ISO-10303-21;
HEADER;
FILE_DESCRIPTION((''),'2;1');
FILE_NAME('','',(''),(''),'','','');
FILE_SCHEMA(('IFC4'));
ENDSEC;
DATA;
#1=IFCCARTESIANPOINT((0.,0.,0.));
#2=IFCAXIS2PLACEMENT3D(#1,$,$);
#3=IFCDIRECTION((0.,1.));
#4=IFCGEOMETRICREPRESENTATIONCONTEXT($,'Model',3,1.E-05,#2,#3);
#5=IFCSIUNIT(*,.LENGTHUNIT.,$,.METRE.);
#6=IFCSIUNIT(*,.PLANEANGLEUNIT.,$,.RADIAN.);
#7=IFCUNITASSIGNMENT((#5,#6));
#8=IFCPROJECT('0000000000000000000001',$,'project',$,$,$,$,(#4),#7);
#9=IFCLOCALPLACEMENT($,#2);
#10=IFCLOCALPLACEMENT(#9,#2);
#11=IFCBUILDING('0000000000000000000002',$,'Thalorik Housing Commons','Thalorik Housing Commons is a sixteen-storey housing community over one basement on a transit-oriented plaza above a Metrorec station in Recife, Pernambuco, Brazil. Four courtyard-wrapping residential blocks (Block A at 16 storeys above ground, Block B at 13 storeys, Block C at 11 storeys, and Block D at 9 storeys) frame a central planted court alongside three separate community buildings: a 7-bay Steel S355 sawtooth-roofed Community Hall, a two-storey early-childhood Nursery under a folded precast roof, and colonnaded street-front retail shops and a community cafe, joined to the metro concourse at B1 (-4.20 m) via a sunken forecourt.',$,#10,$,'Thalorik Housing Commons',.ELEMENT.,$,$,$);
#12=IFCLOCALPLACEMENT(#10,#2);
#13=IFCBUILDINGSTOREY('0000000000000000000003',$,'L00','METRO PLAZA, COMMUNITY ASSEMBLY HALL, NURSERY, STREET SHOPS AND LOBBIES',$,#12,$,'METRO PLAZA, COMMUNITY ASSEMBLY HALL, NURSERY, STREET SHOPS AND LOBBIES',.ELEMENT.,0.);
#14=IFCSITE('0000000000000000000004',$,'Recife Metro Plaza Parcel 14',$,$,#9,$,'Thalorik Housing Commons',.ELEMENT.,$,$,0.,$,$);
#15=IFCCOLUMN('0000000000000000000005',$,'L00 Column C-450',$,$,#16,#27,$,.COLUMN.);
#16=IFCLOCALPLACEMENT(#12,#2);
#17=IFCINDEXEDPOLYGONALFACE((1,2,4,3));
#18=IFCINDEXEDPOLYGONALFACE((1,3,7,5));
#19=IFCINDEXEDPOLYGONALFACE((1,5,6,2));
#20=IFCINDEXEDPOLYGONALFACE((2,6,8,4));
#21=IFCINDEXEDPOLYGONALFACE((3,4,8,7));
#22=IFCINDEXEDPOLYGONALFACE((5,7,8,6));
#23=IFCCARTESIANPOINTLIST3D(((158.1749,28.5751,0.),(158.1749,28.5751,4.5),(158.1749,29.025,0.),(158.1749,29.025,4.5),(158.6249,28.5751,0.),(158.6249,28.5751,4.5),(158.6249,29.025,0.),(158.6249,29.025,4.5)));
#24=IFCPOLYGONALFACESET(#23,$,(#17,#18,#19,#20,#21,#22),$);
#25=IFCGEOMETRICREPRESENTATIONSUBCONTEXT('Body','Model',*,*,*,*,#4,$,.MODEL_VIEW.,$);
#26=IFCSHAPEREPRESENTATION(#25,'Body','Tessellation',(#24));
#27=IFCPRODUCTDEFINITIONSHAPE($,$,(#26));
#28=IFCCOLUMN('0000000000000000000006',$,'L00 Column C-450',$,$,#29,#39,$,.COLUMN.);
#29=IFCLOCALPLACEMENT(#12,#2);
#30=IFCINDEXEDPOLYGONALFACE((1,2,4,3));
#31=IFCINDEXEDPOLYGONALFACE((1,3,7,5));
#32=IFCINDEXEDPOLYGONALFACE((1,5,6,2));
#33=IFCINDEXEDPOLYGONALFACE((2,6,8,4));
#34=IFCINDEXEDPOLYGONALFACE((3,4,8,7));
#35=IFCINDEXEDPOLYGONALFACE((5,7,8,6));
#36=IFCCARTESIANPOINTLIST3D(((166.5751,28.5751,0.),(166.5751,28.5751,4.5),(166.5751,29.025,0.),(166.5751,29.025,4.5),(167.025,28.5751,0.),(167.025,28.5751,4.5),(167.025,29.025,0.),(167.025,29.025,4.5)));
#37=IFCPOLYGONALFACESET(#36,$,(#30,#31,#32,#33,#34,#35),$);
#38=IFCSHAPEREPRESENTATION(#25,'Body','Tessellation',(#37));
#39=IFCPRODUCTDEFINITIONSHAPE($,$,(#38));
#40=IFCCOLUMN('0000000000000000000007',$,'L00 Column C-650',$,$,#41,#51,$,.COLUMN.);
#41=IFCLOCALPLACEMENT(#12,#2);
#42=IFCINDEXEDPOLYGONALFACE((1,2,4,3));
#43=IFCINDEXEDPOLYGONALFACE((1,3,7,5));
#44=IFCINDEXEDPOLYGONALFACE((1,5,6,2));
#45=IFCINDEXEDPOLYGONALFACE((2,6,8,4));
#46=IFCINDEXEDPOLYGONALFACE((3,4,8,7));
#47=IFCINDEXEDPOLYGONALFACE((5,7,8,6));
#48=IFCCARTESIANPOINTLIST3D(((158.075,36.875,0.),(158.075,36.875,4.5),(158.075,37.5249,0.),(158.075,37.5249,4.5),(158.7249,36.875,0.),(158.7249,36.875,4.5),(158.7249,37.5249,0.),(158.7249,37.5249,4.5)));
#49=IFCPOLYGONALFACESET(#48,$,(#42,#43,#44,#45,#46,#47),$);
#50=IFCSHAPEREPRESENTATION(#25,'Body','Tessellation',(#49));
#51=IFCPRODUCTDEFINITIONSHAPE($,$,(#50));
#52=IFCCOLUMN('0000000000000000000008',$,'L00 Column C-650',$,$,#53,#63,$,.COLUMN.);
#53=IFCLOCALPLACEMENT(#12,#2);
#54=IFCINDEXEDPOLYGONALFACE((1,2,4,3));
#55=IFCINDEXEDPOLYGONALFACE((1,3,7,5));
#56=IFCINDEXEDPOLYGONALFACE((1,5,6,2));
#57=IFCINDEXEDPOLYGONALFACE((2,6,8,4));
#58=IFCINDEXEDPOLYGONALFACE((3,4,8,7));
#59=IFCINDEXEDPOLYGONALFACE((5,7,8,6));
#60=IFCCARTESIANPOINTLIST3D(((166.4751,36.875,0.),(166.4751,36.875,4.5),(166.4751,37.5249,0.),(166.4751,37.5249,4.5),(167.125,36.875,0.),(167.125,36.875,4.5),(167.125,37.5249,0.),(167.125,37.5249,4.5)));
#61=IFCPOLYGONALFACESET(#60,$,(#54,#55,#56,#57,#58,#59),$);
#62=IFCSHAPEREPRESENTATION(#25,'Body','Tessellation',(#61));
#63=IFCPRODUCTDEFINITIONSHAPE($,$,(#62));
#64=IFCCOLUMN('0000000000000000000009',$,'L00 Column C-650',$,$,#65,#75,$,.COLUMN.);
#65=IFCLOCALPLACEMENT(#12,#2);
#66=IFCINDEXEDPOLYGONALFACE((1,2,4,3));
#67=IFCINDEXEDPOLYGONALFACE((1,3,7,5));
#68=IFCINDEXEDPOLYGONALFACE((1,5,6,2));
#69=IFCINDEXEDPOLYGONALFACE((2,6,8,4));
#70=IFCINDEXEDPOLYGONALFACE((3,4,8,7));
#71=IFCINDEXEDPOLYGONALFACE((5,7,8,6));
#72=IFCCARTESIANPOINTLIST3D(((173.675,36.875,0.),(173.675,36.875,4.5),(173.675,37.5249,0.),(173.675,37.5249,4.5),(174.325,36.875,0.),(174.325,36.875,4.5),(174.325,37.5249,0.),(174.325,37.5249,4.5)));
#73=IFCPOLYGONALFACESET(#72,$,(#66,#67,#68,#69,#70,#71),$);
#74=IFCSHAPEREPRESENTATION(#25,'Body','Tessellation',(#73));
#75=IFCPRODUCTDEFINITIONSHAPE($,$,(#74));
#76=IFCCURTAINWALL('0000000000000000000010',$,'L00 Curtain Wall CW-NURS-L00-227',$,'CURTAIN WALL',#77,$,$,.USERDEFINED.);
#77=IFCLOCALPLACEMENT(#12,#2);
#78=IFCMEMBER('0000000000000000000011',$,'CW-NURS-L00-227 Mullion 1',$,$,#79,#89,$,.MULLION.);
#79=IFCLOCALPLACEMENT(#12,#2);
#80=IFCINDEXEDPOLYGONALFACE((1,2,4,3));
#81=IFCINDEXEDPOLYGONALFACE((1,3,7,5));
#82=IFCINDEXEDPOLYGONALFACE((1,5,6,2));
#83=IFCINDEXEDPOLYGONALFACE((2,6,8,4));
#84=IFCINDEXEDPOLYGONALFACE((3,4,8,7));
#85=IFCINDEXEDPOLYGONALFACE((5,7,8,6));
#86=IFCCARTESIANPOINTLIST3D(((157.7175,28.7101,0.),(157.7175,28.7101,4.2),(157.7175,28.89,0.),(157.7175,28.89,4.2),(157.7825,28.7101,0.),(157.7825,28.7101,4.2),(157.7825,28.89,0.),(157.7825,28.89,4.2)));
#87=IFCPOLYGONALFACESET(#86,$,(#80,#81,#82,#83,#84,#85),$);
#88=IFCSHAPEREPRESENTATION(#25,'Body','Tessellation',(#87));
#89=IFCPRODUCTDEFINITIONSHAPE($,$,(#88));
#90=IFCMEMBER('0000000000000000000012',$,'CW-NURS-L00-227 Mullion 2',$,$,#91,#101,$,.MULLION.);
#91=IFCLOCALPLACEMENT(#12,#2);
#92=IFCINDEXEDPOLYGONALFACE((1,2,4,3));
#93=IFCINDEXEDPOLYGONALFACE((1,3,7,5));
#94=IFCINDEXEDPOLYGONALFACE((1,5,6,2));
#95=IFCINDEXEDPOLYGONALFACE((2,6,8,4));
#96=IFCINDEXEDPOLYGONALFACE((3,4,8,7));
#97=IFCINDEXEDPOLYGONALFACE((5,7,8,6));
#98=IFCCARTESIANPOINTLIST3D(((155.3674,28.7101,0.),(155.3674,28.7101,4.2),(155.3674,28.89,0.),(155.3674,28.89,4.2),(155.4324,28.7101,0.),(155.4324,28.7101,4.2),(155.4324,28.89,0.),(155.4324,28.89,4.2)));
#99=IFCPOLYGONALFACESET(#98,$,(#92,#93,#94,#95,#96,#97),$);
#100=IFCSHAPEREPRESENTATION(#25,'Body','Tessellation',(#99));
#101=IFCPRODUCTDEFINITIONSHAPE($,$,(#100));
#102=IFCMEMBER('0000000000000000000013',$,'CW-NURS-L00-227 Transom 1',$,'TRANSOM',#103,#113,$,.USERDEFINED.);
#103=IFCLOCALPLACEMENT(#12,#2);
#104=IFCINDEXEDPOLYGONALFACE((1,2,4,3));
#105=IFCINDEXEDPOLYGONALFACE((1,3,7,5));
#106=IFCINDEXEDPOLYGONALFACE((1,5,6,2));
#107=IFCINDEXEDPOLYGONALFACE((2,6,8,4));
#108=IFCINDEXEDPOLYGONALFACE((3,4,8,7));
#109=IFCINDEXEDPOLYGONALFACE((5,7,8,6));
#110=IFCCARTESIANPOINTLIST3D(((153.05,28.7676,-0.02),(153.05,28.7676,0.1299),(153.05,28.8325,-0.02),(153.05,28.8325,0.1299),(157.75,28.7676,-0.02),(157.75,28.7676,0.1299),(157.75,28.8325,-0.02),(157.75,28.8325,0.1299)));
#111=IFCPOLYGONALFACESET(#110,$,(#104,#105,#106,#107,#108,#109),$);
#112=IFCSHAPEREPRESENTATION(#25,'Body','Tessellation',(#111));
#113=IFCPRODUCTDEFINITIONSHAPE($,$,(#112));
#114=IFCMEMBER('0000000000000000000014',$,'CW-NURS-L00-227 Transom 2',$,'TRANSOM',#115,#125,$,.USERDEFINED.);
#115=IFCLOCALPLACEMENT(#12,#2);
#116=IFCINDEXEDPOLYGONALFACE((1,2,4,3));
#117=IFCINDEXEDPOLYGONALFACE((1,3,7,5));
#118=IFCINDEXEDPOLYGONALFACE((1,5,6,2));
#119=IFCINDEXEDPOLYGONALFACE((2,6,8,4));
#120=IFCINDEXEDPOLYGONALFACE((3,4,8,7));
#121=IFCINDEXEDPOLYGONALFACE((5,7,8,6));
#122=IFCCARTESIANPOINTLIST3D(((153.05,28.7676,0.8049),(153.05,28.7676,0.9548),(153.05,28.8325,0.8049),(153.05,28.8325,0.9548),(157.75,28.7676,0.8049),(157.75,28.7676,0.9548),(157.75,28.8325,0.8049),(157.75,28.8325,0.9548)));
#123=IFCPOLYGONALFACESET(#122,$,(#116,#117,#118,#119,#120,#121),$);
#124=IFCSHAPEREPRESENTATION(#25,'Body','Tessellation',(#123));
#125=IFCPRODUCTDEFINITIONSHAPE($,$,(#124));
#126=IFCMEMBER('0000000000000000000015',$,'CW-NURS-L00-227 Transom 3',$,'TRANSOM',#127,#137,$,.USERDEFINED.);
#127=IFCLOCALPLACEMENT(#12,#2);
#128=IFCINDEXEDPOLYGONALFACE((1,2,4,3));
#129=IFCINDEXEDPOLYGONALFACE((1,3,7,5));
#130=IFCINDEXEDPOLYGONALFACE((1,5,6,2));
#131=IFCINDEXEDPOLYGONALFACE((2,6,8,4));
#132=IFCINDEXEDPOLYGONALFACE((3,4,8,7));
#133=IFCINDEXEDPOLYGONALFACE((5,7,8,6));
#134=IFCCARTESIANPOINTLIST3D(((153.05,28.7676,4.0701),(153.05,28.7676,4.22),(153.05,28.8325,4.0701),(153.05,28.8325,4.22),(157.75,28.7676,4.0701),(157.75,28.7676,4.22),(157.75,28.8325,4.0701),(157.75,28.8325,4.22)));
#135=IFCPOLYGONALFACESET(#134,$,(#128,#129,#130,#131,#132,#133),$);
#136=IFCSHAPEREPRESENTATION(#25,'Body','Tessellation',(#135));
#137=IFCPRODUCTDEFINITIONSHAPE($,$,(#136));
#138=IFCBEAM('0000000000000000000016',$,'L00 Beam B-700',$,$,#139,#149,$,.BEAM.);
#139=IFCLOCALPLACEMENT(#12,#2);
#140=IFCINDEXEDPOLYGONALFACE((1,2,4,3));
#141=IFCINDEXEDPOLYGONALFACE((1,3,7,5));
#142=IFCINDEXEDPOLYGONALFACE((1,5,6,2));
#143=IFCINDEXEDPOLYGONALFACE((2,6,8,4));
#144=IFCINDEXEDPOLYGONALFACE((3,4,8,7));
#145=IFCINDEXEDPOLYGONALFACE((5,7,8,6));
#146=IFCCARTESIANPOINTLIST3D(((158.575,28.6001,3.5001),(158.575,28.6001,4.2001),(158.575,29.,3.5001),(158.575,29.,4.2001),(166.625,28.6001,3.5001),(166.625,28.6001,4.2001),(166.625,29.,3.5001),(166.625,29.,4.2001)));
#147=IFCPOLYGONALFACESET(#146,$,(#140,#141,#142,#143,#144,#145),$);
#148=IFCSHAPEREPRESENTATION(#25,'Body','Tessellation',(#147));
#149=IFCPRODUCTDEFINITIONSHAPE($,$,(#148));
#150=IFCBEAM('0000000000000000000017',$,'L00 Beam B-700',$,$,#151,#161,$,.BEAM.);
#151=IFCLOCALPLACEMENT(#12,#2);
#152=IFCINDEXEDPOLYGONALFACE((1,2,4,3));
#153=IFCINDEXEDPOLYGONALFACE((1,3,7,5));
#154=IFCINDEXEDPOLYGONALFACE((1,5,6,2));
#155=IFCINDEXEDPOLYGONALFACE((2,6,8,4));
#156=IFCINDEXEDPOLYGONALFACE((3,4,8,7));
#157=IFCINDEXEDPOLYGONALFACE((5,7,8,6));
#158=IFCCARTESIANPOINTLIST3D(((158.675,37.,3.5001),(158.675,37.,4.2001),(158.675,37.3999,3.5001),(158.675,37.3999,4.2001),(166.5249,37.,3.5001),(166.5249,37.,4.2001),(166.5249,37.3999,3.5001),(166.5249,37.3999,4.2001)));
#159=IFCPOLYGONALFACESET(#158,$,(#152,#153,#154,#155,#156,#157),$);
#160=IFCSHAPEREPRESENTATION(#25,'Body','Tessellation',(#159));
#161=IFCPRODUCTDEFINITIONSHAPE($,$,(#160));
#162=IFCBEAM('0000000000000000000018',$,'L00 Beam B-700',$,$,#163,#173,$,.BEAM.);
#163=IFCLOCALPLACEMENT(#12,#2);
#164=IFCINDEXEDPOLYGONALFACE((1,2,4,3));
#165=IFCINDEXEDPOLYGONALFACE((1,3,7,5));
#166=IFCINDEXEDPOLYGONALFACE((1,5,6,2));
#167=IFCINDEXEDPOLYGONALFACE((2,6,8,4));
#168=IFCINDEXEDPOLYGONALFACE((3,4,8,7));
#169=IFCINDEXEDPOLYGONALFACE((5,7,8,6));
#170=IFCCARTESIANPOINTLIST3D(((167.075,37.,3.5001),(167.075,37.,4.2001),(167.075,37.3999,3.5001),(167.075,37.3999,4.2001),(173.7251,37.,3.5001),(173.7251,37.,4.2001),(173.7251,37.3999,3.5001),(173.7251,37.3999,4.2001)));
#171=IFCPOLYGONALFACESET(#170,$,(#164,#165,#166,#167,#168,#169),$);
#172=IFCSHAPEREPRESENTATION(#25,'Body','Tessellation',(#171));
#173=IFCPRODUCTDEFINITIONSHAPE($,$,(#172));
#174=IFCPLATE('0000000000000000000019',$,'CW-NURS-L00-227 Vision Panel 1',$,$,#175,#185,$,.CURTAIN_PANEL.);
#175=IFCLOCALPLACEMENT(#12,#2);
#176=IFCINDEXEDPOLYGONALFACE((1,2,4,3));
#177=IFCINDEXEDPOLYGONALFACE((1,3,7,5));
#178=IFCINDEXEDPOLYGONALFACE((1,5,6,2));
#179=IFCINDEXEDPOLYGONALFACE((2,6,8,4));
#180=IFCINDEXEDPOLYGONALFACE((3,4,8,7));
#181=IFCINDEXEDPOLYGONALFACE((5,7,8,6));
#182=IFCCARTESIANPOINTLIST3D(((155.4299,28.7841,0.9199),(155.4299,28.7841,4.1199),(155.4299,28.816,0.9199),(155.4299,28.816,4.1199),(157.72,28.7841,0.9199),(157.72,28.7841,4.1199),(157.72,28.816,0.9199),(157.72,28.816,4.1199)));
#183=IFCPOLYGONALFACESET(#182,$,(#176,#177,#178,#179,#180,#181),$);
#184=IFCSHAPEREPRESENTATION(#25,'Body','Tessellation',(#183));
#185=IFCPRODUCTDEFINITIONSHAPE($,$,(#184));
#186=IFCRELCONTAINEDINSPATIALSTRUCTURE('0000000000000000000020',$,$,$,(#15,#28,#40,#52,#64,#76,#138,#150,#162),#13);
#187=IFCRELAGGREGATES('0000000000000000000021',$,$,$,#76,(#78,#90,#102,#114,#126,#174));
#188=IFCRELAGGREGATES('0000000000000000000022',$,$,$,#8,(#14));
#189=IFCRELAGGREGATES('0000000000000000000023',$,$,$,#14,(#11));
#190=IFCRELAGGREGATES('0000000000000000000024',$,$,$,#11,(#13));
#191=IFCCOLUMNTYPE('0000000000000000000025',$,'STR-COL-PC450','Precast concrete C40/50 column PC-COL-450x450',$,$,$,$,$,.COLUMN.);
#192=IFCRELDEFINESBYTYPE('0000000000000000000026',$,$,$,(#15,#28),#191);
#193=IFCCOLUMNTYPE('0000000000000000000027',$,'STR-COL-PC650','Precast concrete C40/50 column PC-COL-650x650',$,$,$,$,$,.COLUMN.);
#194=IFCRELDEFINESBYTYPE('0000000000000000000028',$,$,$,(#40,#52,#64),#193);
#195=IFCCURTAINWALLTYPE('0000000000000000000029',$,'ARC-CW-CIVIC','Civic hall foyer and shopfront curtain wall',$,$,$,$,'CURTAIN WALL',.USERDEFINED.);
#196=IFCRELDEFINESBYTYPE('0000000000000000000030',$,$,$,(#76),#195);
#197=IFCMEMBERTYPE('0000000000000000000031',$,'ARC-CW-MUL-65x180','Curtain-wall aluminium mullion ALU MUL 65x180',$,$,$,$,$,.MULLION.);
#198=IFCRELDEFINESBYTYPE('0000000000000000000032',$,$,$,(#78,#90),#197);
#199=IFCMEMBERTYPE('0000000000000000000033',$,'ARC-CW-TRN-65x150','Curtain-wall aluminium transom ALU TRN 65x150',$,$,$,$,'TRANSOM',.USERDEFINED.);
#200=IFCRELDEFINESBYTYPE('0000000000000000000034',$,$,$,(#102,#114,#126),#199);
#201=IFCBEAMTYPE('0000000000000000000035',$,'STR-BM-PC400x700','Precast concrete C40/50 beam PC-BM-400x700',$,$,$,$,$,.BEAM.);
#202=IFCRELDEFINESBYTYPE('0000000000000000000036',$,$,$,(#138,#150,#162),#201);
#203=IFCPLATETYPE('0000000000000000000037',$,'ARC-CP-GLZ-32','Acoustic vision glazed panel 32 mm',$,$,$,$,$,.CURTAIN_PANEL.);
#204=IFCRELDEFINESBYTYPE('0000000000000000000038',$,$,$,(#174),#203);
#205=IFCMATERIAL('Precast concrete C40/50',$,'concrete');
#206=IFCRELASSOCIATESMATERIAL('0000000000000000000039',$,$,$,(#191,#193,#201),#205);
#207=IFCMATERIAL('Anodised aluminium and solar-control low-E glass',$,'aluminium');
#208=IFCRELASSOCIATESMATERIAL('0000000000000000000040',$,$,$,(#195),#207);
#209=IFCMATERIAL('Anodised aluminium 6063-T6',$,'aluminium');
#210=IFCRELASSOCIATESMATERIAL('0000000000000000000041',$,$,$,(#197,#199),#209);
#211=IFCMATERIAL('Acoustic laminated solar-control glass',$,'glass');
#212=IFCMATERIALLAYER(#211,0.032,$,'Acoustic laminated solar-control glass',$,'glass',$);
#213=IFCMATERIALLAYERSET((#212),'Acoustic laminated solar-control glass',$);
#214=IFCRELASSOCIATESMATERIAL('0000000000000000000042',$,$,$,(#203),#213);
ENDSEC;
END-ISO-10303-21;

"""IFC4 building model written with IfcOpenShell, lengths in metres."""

from ifc_helpers import new_model, si_unit, direction, frame, origin, origin_2d, place, context, subcontext, project, spatial, rectangle, extrude, material, layer, layer_set, material_profile, profile_set, type_object, element, aggregate, save


model = new_model("IFC4")

# Units and contexts
model_context = context("Model", 3, precision=1e-05, world=origin(), true_north=direction((0.0, 1.0)))
body_context = subcontext(model_context, "Body", "Model", "MODEL_VIEW")
ifc_project = project(units=[si_unit("LENGTHUNIT", "METRE"), si_unit("PLANEANGLEUNIT", "RADIAN")], contexts=[model_context])

# Site, building, storey
site_placement = place(None, origin())
site = spatial("IfcSite", under=ifc_project, at=site_placement, Name="Recife Metro Plaza Parcel 14", LongName="Thalorik Housing Commons", CompositionType="ELEMENT", RefElevation=0.0)
building_placement = place(site_placement, origin())
building = spatial("IfcBuilding", under=site, at=building_placement, Name="Thalorik Housing Commons", Description="Thalorik Housing Commons is a sixteen-storey housing community over one basement on a transit-oriented plaza above a Metrorec station in Recife, Pernambuco, Brazil. Four courtyard-wrapping residential blocks (Block A at 16 storeys above ground, Block B at 13 storeys, Block C at 11 storeys, and Block D at 9 storeys) frame a central planted court alongside three separate community buildings: a 7-bay Steel S355 sawtooth-roofed Community Hall, a two-storey early-childhood Nursery under a folded precast roof, and colonnaded street-front retail shops and a community cafe, joined to the metro concourse at B1 (-4.20 m) via a sunken forecourt.", LongName="Thalorik Housing Commons", CompositionType="ELEMENT")
storey_placement = place(building_placement, origin())
storey = spatial("IfcBuildingStorey", under=building, at=storey_placement, Name="L00", Description="METRO PLAZA, COMMUNITY ASSEMBLY HALL, NURSERY, STREET SHOPS AND LOBBIES", LongName="METRO PLAZA, COMMUNITY ASSEMBLY HALL, NURSERY, STREET SHOPS AND LOBBIES", CompositionType="ELEMENT", Elevation=0.0)

# Columns
ifc_material_1 = material(Name="Precast concrete C40/50", Category="concrete")
ifc_material_profile_1 = material_profile(ifc_material_1, rectangle(XDim=0.45, YDim=0.45, at=origin_2d()), Name="PC 450x450", Category="concrete")
ifc_profile_set_1 = profile_set([ifc_material_profile_1], Name="Precast concrete C40/50")
column_type_1 = type_object("IfcColumnType", Name="STR-COL-PC450", Description="Precast concrete C40/50 column PC-COL-450x450", PredefinedType="COLUMN", material=ifc_profile_set_1)
for number, where, z_axis, x_axis, name in (
    (1, (158.3999, 28.8, 0.0), (0.0, 0.0, 1.0), (1.0, 0.0, 0.0), "L00 Column C-450"),
    (2, (166.8, 28.8, 0.0), (0.0, 0.0, 1.0), (1.0, 0.0, 0.0), "L00 Column C-450"),
):
    element("IfcColumn", number, at=place(storey_placement, frame(where, z_axis=z_axis, x_axis=x_axis)), inside=storey, type_object=column_type_1, Name=name, PredefinedType="COLUMN", context=body_context, shape_type="SweptSolid", body=[
        extrude(rectangle(XDim=0.45, YDim=0.45, at=origin_2d()), origin(), (0.0, 0.0, 1.0), 4.5),
    ])
ifc_material_profile_2 = material_profile(ifc_material_1, rectangle(XDim=0.6499, YDim=0.6499, at=origin_2d()), Name="PC 650x650", Category="concrete")
ifc_profile_set_2 = profile_set([ifc_material_profile_2], Name="Precast concrete C40/50")
column_type_2 = type_object("IfcColumnType", Name="STR-COL-PC650", Description="Precast concrete C40/50 column PC-COL-650x650", PredefinedType="COLUMN", material=ifc_profile_set_2)
for number, where, z_axis, x_axis, name in (
    (3, (158.3999, 37.2, 0.0), (0.0, 0.0, 1.0), (1.0, 0.0, 0.0), "L00 Column C-650"),
    (4, (166.8, 37.2, 0.0), (0.0, 0.0, 1.0), (1.0, 0.0, 0.0), "L00 Column C-650"),
    (5, (174.0, 37.2, 0.0), (0.0, 0.0, 1.0), (1.0, 0.0, 0.0), "L00 Column C-650"),
):
    element("IfcColumn", number, at=place(storey_placement, frame(where, z_axis=z_axis, x_axis=x_axis)), inside=storey, type_object=column_type_2, Name=name, PredefinedType="COLUMN", context=body_context, shape_type="SweptSolid", body=[
        extrude(rectangle(XDim=0.6499, YDim=0.6499, at=origin_2d()), origin(), (0.0, 0.0, 1.0), 4.5),
    ])

# Curtain wall, members
ifc_material_2 = material(Name="Anodised aluminium and solar-control low-E glass", Category="aluminium")
curtain_wall_type = type_object("IfcCurtainWallType", Name="ARC-CW-CIVIC", Description="Civic hall foyer and shopfront curtain wall", ElementType="CURTAIN WALL", PredefinedType="USERDEFINED", material=ifc_material_2)
curtain_wall_placement = place(storey_placement, origin())
curtain_wall = element("IfcCurtainWall", 6, at=curtain_wall_placement, inside=storey, type_object=curtain_wall_type, Name="L00 Curtain Wall CW-NURS-L00-227", ObjectType="CURTAIN WALL", PredefinedType="USERDEFINED")
ifc_material_3 = material(Name="Anodised aluminium 6063-T6", Category="aluminium")
ifc_material_profile_3 = material_profile(ifc_material_3, rectangle(XDim=0.0649, YDim=0.1799, at=origin_2d()), Name="ALU MUL 65x180", Category="aluminium")
ifc_profile_set_3 = profile_set([ifc_material_profile_3], Name="Anodised aluminium 6063-T6")
member_type_1 = type_object("IfcMemberType", Name="ARC-CW-MUL-65x180", Description="Curtain-wall aluminium mullion ALU MUL 65x180", PredefinedType="MULLION", material=ifc_profile_set_3)
member_1_placement = place(storey_placement, frame((157.75, 28.8, 0.0), z_axis=(0.0, 0.0, 1.0), x_axis=(-1.0, 0.0, 0.0)))
member_1 = element("IfcMember", 7, at=member_1_placement, type_object=member_type_1, Name="CW-NURS-L00-227 Mullion 1", PredefinedType="MULLION", context=body_context, shape_type="SweptSolid", body=[
    extrude(rectangle(XDim=0.0649, YDim=0.1799, at=origin_2d()), origin(), (0.0, 0.0, 1.0), 4.2),
])
member_2_placement = place(storey_placement, frame((155.3999, 28.8, 0.0), z_axis=(0.0, 0.0, 1.0), x_axis=(-1.0, 0.0, 0.0)))
member_2 = element("IfcMember", 8, at=member_2_placement, type_object=member_type_1, Name="CW-NURS-L00-227 Mullion 2", PredefinedType="MULLION", context=body_context, shape_type="SweptSolid", body=[
    extrude(rectangle(XDim=0.0649, YDim=0.1799, at=origin_2d()), origin(), (0.0, 0.0, 1.0), 4.2),
])
ifc_material_profile_4 = material_profile(ifc_material_3, rectangle(XDim=0.0649, YDim=0.1499, at=origin_2d()), Name="ALU TRN 65x150", Category="aluminium")
ifc_profile_set_4 = profile_set([ifc_material_profile_4], Name="Anodised aluminium 6063-T6")
member_type_2 = type_object("IfcMemberType", Name="ARC-CW-TRN-65x150", Description="Curtain-wall aluminium transom ALU TRN 65x150", ElementType="TRANSOM", PredefinedType="USERDEFINED", material=ifc_profile_set_4)
member_3_placement = place(storey_placement, frame((157.75, 28.8, 0.0549), z_axis=(-1.0, 0.0, 0.0), x_axis=(0.0, -1.0, 0.0)))
member_3 = element("IfcMember", 9, at=member_3_placement, type_object=member_type_2, Name="CW-NURS-L00-227 Transom 1", ObjectType="TRANSOM", PredefinedType="USERDEFINED", context=body_context, shape_type="SweptSolid", body=[
    extrude(rectangle(XDim=0.0649, YDim=0.1499, at=origin_2d()), origin(), (0.0, 0.0, 1.0), 4.7),
])
member_4_placement = place(storey_placement, frame((157.75, 28.8, 0.8799), z_axis=(-1.0, 0.0, 0.0), x_axis=(0.0, -1.0, 0.0)))
member_4 = element("IfcMember", 10, at=member_4_placement, type_object=member_type_2, Name="CW-NURS-L00-227 Transom 2", ObjectType="TRANSOM", PredefinedType="USERDEFINED", context=body_context, shape_type="SweptSolid", body=[
    extrude(rectangle(XDim=0.0649, YDim=0.1499, at=origin_2d()), origin(), (0.0, 0.0, 1.0), 4.7),
])
member_5_placement = place(storey_placement, frame((157.75, 28.8, 4.145), z_axis=(-1.0, 0.0, 0.0), x_axis=(0.0, -1.0, 0.0)))
member_5 = element("IfcMember", 11, at=member_5_placement, type_object=member_type_2, Name="CW-NURS-L00-227 Transom 3", ObjectType="TRANSOM", PredefinedType="USERDEFINED", context=body_context, shape_type="SweptSolid", body=[
    extrude(rectangle(XDim=0.0649, YDim=0.1499, at=origin_2d()), origin(), (0.0, 0.0, 1.0), 4.7),
])

# Beams
ifc_material_profile_5 = material_profile(ifc_material_1, rectangle(XDim=0.3999, YDim=0.7, at=origin_2d()), Name="PC 400x700", Category="concrete")
ifc_profile_set_5 = profile_set([ifc_material_profile_5], Name="Precast concrete C40/50")
beam_type = type_object("IfcBeamType", Name="STR-BM-PC400x700", Description="Precast concrete C40/50 beam PC-BM-400x700", PredefinedType="BEAM", material=ifc_profile_set_5)
beam_1_placement = place(storey_placement, frame((158.575, 28.8, 3.8501), z_axis=(1.0, 0.0, 0.0), x_axis=(0.0, 1.0, 0.0)))
element("IfcBeam", 12, at=beam_1_placement, inside=storey, type_object=beam_type, Name="L00 Beam B-700", PredefinedType="BEAM", context=body_context, shape_type="SweptSolid", body=[
    extrude(rectangle(XDim=0.3999, YDim=0.7, at=origin_2d()), origin(), (0.0, 0.0, 1.0), 8.05),
])
beam_2_placement = place(storey_placement, frame((158.675, 37.2, 3.8501), z_axis=(1.0, 0.0, 0.0), x_axis=(0.0, 1.0, 0.0)))
element("IfcBeam", 13, at=beam_2_placement, inside=storey, type_object=beam_type, Name="L00 Beam B-700", PredefinedType="BEAM", context=body_context, shape_type="SweptSolid", body=[
    extrude(rectangle(XDim=0.3999, YDim=0.7, at=origin_2d()), origin(), (0.0, 0.0, 1.0), 7.8499),
])
beam_3_placement = place(storey_placement, frame((167.075, 37.2, 3.8501), z_axis=(1.0, 0.0, 0.0), x_axis=(0.0, 1.0, 0.0)))
element("IfcBeam", 14, at=beam_3_placement, inside=storey, type_object=beam_type, Name="L00 Beam B-700", PredefinedType="BEAM", context=body_context, shape_type="SweptSolid", body=[
    extrude(rectangle(XDim=0.3999, YDim=0.7, at=origin_2d()), origin(), (0.0, 0.0, 1.0), 6.6501),
])

# Plate
ifc_material_4 = material(Name="Acoustic laminated solar-control glass", Category="glass")
ifc_layer_1 = layer(ifc_material_4, 0.032, Name="Acoustic laminated solar-control glass", Category="glass")
ifc_layer_set_1 = layer_set([ifc_layer_1], Name="Acoustic laminated solar-control glass")
plate_type_1 = type_object("IfcPlateType", Name="ARC-CP-GLZ-32", Description="Acoustic vision glazed panel 32 mm", PredefinedType="CURTAIN_PANEL", material=ifc_layer_set_1)
plate_1_placement = place(storey_placement, frame((156.575, 28.8, 0.9199), z_axis=(0.0, 0.0, 1.0), x_axis=(-1.0, 0.0, 0.0)))
plate_1 = element("IfcPlate", 15, at=plate_1_placement, type_object=plate_type_1, Name="CW-NURS-L00-227 Vision Panel 1", PredefinedType="CURTAIN_PANEL", context=body_context, shape_type="SweptSolid", body=[
    extrude(rectangle(XDim=2.29, YDim=0.032, at=origin_2d()), origin(), (0.0, 0.0, 1.0), 3.2),
])
aggregate(curtain_wall, [member_1, member_2, member_3, member_4, member_5, plate_1])

save(model, "model.ifc")
